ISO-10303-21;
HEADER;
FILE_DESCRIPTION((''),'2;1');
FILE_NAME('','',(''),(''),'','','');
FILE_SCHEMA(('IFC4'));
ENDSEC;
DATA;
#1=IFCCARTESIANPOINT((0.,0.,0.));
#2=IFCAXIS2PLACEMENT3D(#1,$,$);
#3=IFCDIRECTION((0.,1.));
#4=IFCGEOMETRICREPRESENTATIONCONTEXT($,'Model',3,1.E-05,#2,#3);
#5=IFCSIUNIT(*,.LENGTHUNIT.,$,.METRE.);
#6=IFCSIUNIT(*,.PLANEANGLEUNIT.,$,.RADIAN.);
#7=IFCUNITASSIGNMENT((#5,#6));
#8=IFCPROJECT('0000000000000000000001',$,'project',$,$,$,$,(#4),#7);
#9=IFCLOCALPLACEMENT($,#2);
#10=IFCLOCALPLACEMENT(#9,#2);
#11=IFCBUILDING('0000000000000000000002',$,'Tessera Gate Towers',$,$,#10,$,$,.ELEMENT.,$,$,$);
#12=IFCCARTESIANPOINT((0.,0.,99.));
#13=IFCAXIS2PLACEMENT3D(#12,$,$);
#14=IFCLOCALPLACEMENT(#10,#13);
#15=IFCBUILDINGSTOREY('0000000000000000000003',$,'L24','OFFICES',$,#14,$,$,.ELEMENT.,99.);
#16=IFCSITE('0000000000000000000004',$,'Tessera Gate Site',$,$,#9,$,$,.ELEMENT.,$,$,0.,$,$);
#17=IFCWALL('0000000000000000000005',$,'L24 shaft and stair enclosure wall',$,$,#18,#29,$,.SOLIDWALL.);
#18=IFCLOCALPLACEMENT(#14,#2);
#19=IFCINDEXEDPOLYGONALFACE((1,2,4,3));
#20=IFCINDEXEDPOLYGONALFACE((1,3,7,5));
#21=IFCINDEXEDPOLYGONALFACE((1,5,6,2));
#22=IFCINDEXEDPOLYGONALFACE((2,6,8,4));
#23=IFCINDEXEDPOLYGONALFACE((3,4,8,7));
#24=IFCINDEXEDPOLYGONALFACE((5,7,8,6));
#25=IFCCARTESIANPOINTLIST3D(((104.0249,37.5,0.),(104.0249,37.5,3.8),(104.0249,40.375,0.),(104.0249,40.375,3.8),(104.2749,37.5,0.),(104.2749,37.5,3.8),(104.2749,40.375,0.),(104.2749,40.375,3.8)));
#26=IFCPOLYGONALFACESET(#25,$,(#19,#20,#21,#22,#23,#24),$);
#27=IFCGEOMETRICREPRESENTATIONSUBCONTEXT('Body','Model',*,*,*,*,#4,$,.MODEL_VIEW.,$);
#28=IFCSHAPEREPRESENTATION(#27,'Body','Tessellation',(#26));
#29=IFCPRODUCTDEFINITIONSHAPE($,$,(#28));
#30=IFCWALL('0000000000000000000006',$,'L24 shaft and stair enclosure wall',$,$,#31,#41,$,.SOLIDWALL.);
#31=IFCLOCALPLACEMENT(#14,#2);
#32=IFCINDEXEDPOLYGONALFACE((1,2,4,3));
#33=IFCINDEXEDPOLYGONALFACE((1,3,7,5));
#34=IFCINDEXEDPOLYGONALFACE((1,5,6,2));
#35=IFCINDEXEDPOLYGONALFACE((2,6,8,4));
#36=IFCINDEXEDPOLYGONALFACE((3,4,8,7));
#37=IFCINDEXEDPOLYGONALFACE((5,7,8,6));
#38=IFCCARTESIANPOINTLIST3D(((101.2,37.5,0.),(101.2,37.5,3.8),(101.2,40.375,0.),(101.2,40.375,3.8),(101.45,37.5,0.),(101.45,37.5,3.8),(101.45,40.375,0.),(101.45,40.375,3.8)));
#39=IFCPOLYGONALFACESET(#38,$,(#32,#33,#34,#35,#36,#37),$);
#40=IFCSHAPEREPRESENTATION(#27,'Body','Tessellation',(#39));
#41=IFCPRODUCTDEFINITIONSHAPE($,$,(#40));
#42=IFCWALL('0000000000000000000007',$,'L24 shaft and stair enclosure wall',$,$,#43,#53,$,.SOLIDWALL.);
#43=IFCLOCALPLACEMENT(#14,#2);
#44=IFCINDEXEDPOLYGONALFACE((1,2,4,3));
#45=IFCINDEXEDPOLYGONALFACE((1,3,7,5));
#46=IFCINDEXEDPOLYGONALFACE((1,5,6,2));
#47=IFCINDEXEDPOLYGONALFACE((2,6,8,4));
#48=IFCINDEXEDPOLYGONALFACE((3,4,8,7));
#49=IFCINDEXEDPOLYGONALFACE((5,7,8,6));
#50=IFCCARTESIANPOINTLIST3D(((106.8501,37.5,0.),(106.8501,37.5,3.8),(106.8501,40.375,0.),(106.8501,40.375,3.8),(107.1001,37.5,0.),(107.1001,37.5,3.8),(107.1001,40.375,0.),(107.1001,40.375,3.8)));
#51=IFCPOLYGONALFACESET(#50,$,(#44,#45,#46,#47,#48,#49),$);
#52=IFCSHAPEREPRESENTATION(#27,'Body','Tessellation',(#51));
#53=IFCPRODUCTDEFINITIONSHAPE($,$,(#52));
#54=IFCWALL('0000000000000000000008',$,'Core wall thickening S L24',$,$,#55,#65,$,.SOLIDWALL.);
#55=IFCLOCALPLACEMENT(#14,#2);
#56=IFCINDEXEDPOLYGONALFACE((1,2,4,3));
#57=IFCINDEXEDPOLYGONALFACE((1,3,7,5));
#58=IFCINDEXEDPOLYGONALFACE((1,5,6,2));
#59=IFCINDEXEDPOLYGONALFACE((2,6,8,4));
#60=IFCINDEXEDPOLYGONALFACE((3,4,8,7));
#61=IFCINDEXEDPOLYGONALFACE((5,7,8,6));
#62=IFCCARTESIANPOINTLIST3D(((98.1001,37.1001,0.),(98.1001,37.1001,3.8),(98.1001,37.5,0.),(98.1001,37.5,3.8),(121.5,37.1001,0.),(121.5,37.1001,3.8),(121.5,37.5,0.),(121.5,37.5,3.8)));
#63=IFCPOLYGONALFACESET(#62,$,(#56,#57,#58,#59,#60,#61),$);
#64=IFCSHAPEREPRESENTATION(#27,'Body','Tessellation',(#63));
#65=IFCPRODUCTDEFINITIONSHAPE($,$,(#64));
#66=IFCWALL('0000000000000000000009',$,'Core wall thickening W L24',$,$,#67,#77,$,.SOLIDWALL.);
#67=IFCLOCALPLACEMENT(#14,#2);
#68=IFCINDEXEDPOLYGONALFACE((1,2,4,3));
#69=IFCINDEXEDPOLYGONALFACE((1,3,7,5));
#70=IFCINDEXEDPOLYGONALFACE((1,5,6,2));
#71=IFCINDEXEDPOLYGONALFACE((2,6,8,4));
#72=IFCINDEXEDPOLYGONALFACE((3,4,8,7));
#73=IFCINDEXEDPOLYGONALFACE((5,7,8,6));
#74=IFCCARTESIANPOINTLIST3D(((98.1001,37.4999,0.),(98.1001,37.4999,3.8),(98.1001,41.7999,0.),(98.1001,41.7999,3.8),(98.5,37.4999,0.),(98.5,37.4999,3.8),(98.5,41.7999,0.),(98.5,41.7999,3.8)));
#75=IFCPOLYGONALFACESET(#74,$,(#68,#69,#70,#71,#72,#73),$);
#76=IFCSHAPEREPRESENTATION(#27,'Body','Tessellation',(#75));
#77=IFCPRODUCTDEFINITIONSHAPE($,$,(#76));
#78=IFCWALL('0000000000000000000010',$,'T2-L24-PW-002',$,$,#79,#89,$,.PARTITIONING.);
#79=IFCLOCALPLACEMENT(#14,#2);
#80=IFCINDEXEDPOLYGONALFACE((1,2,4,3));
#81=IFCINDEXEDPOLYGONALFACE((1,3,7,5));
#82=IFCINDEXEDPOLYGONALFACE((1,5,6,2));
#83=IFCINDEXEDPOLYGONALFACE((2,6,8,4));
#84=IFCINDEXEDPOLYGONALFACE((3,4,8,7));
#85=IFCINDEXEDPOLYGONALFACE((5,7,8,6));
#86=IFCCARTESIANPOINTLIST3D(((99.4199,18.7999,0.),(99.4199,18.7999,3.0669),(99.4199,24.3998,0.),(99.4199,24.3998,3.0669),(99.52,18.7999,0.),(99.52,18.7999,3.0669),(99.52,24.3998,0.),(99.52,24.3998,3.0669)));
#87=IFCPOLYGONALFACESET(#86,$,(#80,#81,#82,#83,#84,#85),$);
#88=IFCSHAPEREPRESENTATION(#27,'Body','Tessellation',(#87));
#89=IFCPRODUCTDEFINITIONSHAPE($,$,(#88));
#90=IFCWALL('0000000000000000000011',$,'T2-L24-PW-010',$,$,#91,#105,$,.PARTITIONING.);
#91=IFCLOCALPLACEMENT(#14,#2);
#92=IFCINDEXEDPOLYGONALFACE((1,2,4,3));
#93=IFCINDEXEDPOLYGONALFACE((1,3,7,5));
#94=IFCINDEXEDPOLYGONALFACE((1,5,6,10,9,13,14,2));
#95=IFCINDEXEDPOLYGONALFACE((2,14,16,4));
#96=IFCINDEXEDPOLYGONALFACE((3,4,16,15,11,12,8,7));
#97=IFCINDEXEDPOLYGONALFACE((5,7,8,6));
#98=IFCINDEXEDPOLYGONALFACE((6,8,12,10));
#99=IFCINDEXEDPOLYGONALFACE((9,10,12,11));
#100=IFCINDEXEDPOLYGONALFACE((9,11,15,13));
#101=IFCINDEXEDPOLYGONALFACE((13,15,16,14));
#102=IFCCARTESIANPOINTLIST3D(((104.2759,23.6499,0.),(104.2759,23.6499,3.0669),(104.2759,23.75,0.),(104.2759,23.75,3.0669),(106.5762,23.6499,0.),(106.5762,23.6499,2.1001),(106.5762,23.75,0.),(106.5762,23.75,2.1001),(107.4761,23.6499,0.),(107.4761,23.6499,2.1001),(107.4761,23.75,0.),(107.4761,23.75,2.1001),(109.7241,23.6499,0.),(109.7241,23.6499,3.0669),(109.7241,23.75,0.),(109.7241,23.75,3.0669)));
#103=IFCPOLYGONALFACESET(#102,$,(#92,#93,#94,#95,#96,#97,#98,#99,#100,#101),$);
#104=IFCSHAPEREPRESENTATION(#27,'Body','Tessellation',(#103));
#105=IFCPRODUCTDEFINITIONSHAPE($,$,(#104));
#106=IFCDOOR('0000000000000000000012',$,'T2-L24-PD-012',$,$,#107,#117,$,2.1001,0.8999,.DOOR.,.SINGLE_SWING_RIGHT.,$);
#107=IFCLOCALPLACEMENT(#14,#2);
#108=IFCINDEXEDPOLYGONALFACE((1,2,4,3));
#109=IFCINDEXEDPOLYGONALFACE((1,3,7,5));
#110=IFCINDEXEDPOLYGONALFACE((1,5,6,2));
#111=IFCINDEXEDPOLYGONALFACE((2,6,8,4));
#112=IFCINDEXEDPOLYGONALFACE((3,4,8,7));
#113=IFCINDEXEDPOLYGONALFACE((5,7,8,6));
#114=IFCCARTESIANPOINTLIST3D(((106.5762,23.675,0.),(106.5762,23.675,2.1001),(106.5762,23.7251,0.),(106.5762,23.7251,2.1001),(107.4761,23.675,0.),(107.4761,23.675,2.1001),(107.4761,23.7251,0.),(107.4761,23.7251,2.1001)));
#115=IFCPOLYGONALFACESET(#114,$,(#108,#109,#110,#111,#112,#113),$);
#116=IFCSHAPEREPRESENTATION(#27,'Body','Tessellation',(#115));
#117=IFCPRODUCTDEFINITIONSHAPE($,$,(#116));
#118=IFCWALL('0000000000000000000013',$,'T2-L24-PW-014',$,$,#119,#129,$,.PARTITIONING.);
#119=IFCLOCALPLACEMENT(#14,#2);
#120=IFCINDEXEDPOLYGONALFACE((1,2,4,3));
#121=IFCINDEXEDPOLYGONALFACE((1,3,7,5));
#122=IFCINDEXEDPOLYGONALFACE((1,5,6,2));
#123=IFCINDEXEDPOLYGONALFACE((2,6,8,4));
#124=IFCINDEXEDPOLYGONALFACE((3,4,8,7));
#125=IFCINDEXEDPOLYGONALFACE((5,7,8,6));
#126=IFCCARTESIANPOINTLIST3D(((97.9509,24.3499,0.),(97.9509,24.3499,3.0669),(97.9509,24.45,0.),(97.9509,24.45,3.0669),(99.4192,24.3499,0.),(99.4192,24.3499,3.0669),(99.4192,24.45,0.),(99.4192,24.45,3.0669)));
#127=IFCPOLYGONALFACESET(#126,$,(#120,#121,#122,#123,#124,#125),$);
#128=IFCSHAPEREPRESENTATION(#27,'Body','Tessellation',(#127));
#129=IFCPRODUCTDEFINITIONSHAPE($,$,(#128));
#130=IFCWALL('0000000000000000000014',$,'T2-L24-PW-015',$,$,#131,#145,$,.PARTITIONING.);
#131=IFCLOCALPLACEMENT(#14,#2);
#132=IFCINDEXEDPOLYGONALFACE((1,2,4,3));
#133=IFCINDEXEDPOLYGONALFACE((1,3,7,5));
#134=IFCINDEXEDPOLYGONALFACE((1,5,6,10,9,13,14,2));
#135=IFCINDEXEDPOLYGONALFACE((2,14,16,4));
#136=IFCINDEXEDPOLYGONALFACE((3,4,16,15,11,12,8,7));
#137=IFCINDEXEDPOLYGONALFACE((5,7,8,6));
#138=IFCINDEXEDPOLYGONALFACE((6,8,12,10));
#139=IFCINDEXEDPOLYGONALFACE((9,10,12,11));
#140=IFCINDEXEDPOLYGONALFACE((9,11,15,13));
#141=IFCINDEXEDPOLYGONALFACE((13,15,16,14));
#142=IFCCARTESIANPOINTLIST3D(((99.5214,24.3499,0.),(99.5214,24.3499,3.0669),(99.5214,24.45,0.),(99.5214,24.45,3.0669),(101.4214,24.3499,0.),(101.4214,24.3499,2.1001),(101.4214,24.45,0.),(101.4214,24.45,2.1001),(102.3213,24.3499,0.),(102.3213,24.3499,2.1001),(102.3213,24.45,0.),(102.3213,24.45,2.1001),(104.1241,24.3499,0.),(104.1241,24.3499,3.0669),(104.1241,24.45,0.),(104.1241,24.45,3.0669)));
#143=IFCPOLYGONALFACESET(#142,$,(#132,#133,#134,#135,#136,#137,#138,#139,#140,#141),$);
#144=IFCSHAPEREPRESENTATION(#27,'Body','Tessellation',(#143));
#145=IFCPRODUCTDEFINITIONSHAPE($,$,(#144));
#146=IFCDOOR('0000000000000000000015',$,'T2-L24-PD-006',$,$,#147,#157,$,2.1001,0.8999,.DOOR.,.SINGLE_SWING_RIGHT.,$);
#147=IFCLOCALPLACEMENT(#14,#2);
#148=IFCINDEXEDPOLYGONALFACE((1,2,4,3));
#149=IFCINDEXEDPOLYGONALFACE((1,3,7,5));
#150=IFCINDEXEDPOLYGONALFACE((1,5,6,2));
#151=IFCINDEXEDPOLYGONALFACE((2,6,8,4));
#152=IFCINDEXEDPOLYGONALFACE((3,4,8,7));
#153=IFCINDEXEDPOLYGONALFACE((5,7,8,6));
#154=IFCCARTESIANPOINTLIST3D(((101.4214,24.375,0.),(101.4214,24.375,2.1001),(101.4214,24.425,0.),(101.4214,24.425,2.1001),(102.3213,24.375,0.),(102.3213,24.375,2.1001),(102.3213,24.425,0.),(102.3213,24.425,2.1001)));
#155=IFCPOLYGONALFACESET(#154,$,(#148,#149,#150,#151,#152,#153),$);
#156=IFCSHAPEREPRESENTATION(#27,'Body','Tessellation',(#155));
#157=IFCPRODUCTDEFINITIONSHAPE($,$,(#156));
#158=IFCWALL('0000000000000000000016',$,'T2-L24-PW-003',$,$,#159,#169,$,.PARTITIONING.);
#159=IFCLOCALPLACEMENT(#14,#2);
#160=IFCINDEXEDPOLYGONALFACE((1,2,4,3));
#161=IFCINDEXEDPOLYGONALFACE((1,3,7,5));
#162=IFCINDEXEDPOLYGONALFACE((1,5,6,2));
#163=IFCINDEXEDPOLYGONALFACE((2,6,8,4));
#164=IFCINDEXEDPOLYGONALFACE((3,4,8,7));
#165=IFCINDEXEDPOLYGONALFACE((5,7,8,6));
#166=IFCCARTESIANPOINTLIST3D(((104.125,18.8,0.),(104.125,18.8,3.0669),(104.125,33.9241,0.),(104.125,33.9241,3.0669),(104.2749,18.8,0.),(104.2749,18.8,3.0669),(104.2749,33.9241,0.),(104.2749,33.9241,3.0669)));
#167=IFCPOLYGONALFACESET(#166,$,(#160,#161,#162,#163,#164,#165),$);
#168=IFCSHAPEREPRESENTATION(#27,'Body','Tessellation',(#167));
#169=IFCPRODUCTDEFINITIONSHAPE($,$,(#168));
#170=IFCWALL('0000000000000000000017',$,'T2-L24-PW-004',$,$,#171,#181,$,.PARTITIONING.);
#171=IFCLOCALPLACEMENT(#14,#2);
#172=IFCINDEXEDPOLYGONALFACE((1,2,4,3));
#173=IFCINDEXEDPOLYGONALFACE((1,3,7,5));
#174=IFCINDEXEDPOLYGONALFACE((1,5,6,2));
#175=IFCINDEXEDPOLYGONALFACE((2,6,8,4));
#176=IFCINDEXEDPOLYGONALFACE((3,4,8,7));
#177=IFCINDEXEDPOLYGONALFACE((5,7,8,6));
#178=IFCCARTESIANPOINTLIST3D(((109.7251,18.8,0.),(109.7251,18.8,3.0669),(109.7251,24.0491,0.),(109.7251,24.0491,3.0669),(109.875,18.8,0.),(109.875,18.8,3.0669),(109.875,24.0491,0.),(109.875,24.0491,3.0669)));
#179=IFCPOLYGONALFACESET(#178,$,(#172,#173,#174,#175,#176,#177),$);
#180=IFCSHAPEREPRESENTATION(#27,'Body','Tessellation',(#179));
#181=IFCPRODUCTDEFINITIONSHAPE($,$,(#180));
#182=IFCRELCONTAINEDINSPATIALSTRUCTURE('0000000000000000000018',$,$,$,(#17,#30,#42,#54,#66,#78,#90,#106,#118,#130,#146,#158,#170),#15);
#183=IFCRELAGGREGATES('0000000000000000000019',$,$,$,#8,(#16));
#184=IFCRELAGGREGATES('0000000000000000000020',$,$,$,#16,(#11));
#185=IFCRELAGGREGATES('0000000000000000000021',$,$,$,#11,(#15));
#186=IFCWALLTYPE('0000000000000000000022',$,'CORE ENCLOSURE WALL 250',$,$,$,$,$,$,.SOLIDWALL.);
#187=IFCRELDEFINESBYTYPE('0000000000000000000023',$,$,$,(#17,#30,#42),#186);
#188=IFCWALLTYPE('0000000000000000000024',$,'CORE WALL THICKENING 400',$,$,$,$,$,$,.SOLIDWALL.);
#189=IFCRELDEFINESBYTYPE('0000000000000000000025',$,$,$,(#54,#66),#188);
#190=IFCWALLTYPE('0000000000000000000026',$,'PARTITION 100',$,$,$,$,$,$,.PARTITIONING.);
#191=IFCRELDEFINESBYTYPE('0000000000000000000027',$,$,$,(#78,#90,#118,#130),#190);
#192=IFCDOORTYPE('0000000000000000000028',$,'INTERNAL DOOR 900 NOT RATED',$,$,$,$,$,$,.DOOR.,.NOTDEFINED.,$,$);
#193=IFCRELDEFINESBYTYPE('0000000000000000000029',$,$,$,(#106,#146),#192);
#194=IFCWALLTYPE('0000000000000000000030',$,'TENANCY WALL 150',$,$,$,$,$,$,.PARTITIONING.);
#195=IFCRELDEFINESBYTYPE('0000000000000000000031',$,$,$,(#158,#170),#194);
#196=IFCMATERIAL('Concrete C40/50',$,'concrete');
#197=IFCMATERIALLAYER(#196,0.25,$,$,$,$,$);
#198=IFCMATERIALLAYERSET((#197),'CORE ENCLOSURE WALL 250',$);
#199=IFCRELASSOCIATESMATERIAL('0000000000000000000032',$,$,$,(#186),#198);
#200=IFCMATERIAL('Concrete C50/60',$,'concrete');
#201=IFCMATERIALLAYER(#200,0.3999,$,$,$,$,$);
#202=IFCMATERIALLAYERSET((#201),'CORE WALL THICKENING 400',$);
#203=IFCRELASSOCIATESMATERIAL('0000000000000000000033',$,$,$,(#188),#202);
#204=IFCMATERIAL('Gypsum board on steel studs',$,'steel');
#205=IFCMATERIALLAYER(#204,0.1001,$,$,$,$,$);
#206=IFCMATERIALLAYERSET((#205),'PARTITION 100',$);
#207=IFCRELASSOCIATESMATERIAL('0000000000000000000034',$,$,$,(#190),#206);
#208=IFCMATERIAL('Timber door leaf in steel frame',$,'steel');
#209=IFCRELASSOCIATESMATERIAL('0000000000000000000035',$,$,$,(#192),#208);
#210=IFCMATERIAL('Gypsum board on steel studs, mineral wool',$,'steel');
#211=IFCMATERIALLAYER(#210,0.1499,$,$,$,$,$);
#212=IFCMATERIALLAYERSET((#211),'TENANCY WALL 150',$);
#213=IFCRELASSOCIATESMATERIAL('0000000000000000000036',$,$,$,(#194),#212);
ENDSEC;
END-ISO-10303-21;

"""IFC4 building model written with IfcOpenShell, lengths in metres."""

from ifc_helpers import new_model, si_unit, direction, frame, frame_2d, origin, place, context, subcontext, project, spatial, rectangle, extrude, source, transform, mapped, material, layer, layer_set, type_object, element, fill, save


model = new_model("IFC4")

# Units and contexts
model_context = context("Model", 3, precision=1e-05, world=origin(), true_north=direction((0.0, 1.0)))
body_context = subcontext(model_context, "Body", "Model", "MODEL_VIEW")
ifc_project = project(units=[si_unit("LENGTHUNIT", "METRE"), si_unit("PLANEANGLEUNIT", "RADIAN")], contexts=[model_context])

# Site, building, storey
site_placement = place(None, origin())
site = spatial("IfcSite", under=ifc_project, at=site_placement, Name="Tessera Gate Site", CompositionType="ELEMENT", RefElevation=0.0)
building_placement = place(site_placement, origin())
building = spatial("IfcBuilding", under=site, at=building_placement, Name="Tessera Gate Towers", CompositionType="ELEMENT")
storey_placement = place(building_placement, frame((0.0, 0.0, 99.0)))
storey = spatial("IfcBuildingStorey", under=building, at=storey_placement, Name="L24", Description="OFFICES", CompositionType="ELEMENT", Elevation=99.0)

# Walls
ifc_material_1 = material(Name="Concrete C40/50", Category="concrete")
ifc_layer_1 = layer(ifc_material_1, 0.25)
ifc_layer_set_1 = layer_set([ifc_layer_1], Name="CORE ENCLOSURE WALL 250")
wall_type_1 = type_object("IfcWallType", Name="CORE ENCLOSURE WALL 250", PredefinedType="SOLIDWALL", material=ifc_layer_set_1)
for number, where, z_axis, x_axis, name in (
    (1, (104.1499, 37.5, 0.0), (0.0, 0.0, 1.0), (0.0, 1.0, 0.0), "L24 shaft and stair enclosure wall"),
    (2, (101.325, 37.5, 0.0), (0.0, 0.0, 1.0), (0.0, 1.0, 0.0), "L24 shaft and stair enclosure wall"),
    (3, (106.9751, 37.5, 0.0), (0.0, 0.0, 1.0), (0.0, 1.0, 0.0), "L24 shaft and stair enclosure wall"),
):
    element("IfcWall", number, at=place(storey_placement, frame(where, z_axis=z_axis, x_axis=x_axis)), inside=storey, type_object=wall_type_1, Name=name, PredefinedType="SOLIDWALL", context=body_context, shape_type="SweptSolid", body=[
        extrude(rectangle(XDim=2.875, YDim=0.25, at=frame_2d((1.4375, 0.0))), origin(), (0.0, 0.0, 1.0), 3.8),
    ])

# Walls
ifc_material_2 = material(Name="Concrete C50/60", Category="concrete")
ifc_layer_2 = layer(ifc_material_2, 0.3999)
ifc_layer_set_2 = layer_set([ifc_layer_2], Name="CORE WALL THICKENING 400")
wall_type_2 = type_object("IfcWallType", Name="CORE WALL THICKENING 400", PredefinedType="SOLIDWALL", material=ifc_layer_set_2)
wall_1_placement = place(storey_placement, frame((98.1001, 37.3, 0.0), z_axis=(0.0, 0.0, 1.0), x_axis=(1.0, 0.0, 0.0)))
element("IfcWall", 4, at=wall_1_placement, inside=storey, type_object=wall_type_2, Name="Core wall thickening S L24", PredefinedType="SOLIDWALL", context=body_context, shape_type="SweptSolid", body=[
    extrude(rectangle(XDim=23.3999, YDim=0.3999, at=frame_2d((11.7, 0.0))), origin(), (0.0, 0.0, 1.0), 3.8),
])
wall_2_placement = place(storey_placement, frame((98.3, 37.5, 0.0), z_axis=(0.0, 0.0, 1.0), x_axis=(0.0, 1.0, 0.0)))
element("IfcWall", 5, at=wall_2_placement, inside=storey, type_object=wall_type_2, Name="Core wall thickening W L24", PredefinedType="SOLIDWALL", context=body_context, shape_type="SweptSolid", body=[
    extrude(rectangle(XDim=4.3, YDim=0.3999, at=frame_2d((2.1499, 0.0))), origin(), (0.0, 0.0, 1.0), 3.8),
])
ifc_material_3 = material(Name="Gypsum board on steel studs", Category="steel")
ifc_layer_3 = layer(ifc_material_3, 0.1001)
ifc_layer_set_3 = layer_set([ifc_layer_3], Name="PARTITION 100")
wall_type_3 = type_object("IfcWallType", Name="PARTITION 100", PredefinedType="PARTITIONING", material=ifc_layer_set_3)
wall_3_placement = place(storey_placement, frame((99.47, 18.8, 0.0), z_axis=(0.0, 0.0, 1.0), x_axis=(0.0, 1.0, 0.0)))
element("IfcWall", 6, at=wall_3_placement, inside=storey, type_object=wall_type_3, Name="T2-L24-PW-002", PredefinedType="PARTITIONING", context=body_context, shape_type="SweptSolid", body=[
    extrude(rectangle(XDim=5.5999, YDim=0.1001, at=frame_2d((2.7998, 0.0))), origin(), (0.0, 0.0, 1.0), 3.0669),
])

# Wall, opening, door
wall_4_placement = place(storey_placement, frame((109.7241, 23.7, 0.0), z_axis=(0.0, 0.0, 1.0), x_axis=(-1.0, 0.0, 0.0)))
wall_4 = element("IfcWall", 7, at=wall_4_placement, inside=storey, type_object=wall_type_3, Name="T2-L24-PW-010", PredefinedType="PARTITIONING", context=body_context, shape_type="SweptSolid", body=[
    extrude(rectangle(XDim=5.4482, YDim=0.1001, at=frame_2d((2.7241, 0.0))), origin(), (0.0, 0.0, 1.0), 3.0669),
])
shared_shape_1 = source(origin(), body_context, "Body", "SweptSolid", [
    extrude(rectangle(XDim=0.8999, YDim=2.1001, at=frame_2d((0.45, 1.05))), frame((0.0, 0.0601, 0.0), z_axis=(0.0, -1.0, 0.0), x_axis=(1.0, 0.0, 0.0)), (0.0, 0.0, 1.0), 0.1201),
])
opening_1_placement = place(wall_4_placement, frame((2.248, 0.0, 0.0)))
opening_1 = element("IfcOpeningElement", 8, at=opening_1_placement, cuts=wall_4, PredefinedType="OPENING", context=body_context, shape_type="MappedRepresentation", body=[
    mapped(shared_shape_1, transform((0.0, 0.0, 0.0), scale=1.0)),
])
ifc_material_4 = material(Name="Timber door leaf in steel frame", Category="steel")
door_type_1 = type_object("IfcDoorType", Name="INTERNAL DOOR 900 NOT RATED", OperationType="NOTDEFINED", PredefinedType="DOOR", material=ifc_material_4)
shared_shape_2 = source(origin(), body_context, "Body", "SweptSolid", [
    extrude(rectangle(XDim=0.8999, YDim=2.1001, at=frame_2d((0.45, 1.05))), frame((0.0, 0.0249, 0.0), z_axis=(0.0, -1.0, 0.0), x_axis=(1.0, 0.0, 0.0)), (0.0, 0.0, 1.0), 0.05),
])
door_1_placement = place(opening_1_placement, origin())
door_1 = element("IfcDoor", 9, at=door_1_placement, inside=storey, type_object=door_type_1, Name="T2-L24-PD-012", OperationType="SINGLE_SWING_RIGHT", OverallHeight=2.1001, OverallWidth=0.8999, PredefinedType="DOOR", context=body_context, shape_type="MappedRepresentation", body=[
    mapped(shared_shape_2, transform((0.0, 0.0, 0.0), scale=1.0)),
])
fill(opening_1, door_1)

# Wall
wall_5_placement = place(storey_placement, frame((97.9509, 24.3999, 0.0), z_axis=(0.0, 0.0, 1.0), x_axis=(1.0, 0.0, 0.0)))
element("IfcWall", 10, at=wall_5_placement, inside=storey, type_object=wall_type_3, Name="T2-L24-PW-014", PredefinedType="PARTITIONING", context=body_context, shape_type="SweptSolid", body=[
    extrude(rectangle(XDim=1.4683, YDim=0.1001, at=frame_2d((0.7341, 0.0))), origin(), (0.0, 0.0, 1.0), 3.0669),
])

# Wall, opening, door
wall_6_placement = place(storey_placement, frame((104.124, 24.3999, 0.0), z_axis=(0.0, 0.0, 1.0), x_axis=(-1.0, 0.0, 0.0)))
wall_6 = element("IfcWall", 11, at=wall_6_placement, inside=storey, type_object=wall_type_3, Name="T2-L24-PW-015", PredefinedType="PARTITIONING", context=body_context, shape_type="SweptSolid", body=[
    extrude(rectangle(XDim=4.6028, YDim=0.1001, at=frame_2d((2.3013, 0.0))), origin(), (0.0, 0.0, 1.0), 3.0669),
])
opening_2_placement = place(wall_6_placement, frame((1.8027, 0.0, 0.0)))
opening_2 = element("IfcOpeningElement", 12, at=opening_2_placement, cuts=wall_6, PredefinedType="OPENING", context=body_context, shape_type="MappedRepresentation", body=[
    mapped(shared_shape_1, transform((0.0, 0.0, 0.0), scale=1.0)),
])
door_2_placement = place(opening_2_placement, origin())
door_2 = element("IfcDoor", 13, at=door_2_placement, inside=storey, type_object=door_type_1, Name="T2-L24-PD-006", OperationType="SINGLE_SWING_RIGHT", OverallHeight=2.1001, OverallWidth=0.8999, PredefinedType="DOOR", context=body_context, shape_type="MappedRepresentation", body=[
    mapped(shared_shape_2, transform((0.0, 0.0, 0.0), scale=1.0)),
])
fill(opening_2, door_2)

# Walls
ifc_material_5 = material(Name="Gypsum board on steel studs, mineral wool", Category="steel")
ifc_layer_4 = layer(ifc_material_5, 0.1499)
ifc_layer_set_4 = layer_set([ifc_layer_4], Name="TENANCY WALL 150")
wall_type_4 = type_object("IfcWallType", Name="TENANCY WALL 150", PredefinedType="PARTITIONING", material=ifc_layer_set_4)
wall_7_placement = place(storey_placement, frame((104.2, 18.8, 0.0), z_axis=(0.0, 0.0, 1.0), x_axis=(0.0, 1.0, 0.0)))
element("IfcWall", 14, at=wall_7_placement, inside=storey, type_object=wall_type_4, Name="T2-L24-PW-003", PredefinedType="PARTITIONING", context=body_context, shape_type="SweptSolid", body=[
    extrude(rectangle(XDim=15.124, YDim=0.1499, at=frame_2d((7.562, 0.0))), origin(), (0.0, 0.0, 1.0), 3.0669),
])
wall_8_placement = place(storey_placement, frame((109.8, 18.8, 0.0), z_axis=(0.0, 0.0, 1.0), x_axis=(0.0, 1.0, 0.0)))
element("IfcWall", 15, at=wall_8_placement, inside=storey, type_object=wall_type_4, Name="T2-L24-PW-004", PredefinedType="PARTITIONING", context=body_context, shape_type="SweptSolid", body=[
    extrude(rectangle(XDim=5.249, YDim=0.1499, at=frame_2d((2.6245, 0.0))), origin(), (0.0, 0.0, 1.0), 3.0669),
])

save(model, "model.ifc")
